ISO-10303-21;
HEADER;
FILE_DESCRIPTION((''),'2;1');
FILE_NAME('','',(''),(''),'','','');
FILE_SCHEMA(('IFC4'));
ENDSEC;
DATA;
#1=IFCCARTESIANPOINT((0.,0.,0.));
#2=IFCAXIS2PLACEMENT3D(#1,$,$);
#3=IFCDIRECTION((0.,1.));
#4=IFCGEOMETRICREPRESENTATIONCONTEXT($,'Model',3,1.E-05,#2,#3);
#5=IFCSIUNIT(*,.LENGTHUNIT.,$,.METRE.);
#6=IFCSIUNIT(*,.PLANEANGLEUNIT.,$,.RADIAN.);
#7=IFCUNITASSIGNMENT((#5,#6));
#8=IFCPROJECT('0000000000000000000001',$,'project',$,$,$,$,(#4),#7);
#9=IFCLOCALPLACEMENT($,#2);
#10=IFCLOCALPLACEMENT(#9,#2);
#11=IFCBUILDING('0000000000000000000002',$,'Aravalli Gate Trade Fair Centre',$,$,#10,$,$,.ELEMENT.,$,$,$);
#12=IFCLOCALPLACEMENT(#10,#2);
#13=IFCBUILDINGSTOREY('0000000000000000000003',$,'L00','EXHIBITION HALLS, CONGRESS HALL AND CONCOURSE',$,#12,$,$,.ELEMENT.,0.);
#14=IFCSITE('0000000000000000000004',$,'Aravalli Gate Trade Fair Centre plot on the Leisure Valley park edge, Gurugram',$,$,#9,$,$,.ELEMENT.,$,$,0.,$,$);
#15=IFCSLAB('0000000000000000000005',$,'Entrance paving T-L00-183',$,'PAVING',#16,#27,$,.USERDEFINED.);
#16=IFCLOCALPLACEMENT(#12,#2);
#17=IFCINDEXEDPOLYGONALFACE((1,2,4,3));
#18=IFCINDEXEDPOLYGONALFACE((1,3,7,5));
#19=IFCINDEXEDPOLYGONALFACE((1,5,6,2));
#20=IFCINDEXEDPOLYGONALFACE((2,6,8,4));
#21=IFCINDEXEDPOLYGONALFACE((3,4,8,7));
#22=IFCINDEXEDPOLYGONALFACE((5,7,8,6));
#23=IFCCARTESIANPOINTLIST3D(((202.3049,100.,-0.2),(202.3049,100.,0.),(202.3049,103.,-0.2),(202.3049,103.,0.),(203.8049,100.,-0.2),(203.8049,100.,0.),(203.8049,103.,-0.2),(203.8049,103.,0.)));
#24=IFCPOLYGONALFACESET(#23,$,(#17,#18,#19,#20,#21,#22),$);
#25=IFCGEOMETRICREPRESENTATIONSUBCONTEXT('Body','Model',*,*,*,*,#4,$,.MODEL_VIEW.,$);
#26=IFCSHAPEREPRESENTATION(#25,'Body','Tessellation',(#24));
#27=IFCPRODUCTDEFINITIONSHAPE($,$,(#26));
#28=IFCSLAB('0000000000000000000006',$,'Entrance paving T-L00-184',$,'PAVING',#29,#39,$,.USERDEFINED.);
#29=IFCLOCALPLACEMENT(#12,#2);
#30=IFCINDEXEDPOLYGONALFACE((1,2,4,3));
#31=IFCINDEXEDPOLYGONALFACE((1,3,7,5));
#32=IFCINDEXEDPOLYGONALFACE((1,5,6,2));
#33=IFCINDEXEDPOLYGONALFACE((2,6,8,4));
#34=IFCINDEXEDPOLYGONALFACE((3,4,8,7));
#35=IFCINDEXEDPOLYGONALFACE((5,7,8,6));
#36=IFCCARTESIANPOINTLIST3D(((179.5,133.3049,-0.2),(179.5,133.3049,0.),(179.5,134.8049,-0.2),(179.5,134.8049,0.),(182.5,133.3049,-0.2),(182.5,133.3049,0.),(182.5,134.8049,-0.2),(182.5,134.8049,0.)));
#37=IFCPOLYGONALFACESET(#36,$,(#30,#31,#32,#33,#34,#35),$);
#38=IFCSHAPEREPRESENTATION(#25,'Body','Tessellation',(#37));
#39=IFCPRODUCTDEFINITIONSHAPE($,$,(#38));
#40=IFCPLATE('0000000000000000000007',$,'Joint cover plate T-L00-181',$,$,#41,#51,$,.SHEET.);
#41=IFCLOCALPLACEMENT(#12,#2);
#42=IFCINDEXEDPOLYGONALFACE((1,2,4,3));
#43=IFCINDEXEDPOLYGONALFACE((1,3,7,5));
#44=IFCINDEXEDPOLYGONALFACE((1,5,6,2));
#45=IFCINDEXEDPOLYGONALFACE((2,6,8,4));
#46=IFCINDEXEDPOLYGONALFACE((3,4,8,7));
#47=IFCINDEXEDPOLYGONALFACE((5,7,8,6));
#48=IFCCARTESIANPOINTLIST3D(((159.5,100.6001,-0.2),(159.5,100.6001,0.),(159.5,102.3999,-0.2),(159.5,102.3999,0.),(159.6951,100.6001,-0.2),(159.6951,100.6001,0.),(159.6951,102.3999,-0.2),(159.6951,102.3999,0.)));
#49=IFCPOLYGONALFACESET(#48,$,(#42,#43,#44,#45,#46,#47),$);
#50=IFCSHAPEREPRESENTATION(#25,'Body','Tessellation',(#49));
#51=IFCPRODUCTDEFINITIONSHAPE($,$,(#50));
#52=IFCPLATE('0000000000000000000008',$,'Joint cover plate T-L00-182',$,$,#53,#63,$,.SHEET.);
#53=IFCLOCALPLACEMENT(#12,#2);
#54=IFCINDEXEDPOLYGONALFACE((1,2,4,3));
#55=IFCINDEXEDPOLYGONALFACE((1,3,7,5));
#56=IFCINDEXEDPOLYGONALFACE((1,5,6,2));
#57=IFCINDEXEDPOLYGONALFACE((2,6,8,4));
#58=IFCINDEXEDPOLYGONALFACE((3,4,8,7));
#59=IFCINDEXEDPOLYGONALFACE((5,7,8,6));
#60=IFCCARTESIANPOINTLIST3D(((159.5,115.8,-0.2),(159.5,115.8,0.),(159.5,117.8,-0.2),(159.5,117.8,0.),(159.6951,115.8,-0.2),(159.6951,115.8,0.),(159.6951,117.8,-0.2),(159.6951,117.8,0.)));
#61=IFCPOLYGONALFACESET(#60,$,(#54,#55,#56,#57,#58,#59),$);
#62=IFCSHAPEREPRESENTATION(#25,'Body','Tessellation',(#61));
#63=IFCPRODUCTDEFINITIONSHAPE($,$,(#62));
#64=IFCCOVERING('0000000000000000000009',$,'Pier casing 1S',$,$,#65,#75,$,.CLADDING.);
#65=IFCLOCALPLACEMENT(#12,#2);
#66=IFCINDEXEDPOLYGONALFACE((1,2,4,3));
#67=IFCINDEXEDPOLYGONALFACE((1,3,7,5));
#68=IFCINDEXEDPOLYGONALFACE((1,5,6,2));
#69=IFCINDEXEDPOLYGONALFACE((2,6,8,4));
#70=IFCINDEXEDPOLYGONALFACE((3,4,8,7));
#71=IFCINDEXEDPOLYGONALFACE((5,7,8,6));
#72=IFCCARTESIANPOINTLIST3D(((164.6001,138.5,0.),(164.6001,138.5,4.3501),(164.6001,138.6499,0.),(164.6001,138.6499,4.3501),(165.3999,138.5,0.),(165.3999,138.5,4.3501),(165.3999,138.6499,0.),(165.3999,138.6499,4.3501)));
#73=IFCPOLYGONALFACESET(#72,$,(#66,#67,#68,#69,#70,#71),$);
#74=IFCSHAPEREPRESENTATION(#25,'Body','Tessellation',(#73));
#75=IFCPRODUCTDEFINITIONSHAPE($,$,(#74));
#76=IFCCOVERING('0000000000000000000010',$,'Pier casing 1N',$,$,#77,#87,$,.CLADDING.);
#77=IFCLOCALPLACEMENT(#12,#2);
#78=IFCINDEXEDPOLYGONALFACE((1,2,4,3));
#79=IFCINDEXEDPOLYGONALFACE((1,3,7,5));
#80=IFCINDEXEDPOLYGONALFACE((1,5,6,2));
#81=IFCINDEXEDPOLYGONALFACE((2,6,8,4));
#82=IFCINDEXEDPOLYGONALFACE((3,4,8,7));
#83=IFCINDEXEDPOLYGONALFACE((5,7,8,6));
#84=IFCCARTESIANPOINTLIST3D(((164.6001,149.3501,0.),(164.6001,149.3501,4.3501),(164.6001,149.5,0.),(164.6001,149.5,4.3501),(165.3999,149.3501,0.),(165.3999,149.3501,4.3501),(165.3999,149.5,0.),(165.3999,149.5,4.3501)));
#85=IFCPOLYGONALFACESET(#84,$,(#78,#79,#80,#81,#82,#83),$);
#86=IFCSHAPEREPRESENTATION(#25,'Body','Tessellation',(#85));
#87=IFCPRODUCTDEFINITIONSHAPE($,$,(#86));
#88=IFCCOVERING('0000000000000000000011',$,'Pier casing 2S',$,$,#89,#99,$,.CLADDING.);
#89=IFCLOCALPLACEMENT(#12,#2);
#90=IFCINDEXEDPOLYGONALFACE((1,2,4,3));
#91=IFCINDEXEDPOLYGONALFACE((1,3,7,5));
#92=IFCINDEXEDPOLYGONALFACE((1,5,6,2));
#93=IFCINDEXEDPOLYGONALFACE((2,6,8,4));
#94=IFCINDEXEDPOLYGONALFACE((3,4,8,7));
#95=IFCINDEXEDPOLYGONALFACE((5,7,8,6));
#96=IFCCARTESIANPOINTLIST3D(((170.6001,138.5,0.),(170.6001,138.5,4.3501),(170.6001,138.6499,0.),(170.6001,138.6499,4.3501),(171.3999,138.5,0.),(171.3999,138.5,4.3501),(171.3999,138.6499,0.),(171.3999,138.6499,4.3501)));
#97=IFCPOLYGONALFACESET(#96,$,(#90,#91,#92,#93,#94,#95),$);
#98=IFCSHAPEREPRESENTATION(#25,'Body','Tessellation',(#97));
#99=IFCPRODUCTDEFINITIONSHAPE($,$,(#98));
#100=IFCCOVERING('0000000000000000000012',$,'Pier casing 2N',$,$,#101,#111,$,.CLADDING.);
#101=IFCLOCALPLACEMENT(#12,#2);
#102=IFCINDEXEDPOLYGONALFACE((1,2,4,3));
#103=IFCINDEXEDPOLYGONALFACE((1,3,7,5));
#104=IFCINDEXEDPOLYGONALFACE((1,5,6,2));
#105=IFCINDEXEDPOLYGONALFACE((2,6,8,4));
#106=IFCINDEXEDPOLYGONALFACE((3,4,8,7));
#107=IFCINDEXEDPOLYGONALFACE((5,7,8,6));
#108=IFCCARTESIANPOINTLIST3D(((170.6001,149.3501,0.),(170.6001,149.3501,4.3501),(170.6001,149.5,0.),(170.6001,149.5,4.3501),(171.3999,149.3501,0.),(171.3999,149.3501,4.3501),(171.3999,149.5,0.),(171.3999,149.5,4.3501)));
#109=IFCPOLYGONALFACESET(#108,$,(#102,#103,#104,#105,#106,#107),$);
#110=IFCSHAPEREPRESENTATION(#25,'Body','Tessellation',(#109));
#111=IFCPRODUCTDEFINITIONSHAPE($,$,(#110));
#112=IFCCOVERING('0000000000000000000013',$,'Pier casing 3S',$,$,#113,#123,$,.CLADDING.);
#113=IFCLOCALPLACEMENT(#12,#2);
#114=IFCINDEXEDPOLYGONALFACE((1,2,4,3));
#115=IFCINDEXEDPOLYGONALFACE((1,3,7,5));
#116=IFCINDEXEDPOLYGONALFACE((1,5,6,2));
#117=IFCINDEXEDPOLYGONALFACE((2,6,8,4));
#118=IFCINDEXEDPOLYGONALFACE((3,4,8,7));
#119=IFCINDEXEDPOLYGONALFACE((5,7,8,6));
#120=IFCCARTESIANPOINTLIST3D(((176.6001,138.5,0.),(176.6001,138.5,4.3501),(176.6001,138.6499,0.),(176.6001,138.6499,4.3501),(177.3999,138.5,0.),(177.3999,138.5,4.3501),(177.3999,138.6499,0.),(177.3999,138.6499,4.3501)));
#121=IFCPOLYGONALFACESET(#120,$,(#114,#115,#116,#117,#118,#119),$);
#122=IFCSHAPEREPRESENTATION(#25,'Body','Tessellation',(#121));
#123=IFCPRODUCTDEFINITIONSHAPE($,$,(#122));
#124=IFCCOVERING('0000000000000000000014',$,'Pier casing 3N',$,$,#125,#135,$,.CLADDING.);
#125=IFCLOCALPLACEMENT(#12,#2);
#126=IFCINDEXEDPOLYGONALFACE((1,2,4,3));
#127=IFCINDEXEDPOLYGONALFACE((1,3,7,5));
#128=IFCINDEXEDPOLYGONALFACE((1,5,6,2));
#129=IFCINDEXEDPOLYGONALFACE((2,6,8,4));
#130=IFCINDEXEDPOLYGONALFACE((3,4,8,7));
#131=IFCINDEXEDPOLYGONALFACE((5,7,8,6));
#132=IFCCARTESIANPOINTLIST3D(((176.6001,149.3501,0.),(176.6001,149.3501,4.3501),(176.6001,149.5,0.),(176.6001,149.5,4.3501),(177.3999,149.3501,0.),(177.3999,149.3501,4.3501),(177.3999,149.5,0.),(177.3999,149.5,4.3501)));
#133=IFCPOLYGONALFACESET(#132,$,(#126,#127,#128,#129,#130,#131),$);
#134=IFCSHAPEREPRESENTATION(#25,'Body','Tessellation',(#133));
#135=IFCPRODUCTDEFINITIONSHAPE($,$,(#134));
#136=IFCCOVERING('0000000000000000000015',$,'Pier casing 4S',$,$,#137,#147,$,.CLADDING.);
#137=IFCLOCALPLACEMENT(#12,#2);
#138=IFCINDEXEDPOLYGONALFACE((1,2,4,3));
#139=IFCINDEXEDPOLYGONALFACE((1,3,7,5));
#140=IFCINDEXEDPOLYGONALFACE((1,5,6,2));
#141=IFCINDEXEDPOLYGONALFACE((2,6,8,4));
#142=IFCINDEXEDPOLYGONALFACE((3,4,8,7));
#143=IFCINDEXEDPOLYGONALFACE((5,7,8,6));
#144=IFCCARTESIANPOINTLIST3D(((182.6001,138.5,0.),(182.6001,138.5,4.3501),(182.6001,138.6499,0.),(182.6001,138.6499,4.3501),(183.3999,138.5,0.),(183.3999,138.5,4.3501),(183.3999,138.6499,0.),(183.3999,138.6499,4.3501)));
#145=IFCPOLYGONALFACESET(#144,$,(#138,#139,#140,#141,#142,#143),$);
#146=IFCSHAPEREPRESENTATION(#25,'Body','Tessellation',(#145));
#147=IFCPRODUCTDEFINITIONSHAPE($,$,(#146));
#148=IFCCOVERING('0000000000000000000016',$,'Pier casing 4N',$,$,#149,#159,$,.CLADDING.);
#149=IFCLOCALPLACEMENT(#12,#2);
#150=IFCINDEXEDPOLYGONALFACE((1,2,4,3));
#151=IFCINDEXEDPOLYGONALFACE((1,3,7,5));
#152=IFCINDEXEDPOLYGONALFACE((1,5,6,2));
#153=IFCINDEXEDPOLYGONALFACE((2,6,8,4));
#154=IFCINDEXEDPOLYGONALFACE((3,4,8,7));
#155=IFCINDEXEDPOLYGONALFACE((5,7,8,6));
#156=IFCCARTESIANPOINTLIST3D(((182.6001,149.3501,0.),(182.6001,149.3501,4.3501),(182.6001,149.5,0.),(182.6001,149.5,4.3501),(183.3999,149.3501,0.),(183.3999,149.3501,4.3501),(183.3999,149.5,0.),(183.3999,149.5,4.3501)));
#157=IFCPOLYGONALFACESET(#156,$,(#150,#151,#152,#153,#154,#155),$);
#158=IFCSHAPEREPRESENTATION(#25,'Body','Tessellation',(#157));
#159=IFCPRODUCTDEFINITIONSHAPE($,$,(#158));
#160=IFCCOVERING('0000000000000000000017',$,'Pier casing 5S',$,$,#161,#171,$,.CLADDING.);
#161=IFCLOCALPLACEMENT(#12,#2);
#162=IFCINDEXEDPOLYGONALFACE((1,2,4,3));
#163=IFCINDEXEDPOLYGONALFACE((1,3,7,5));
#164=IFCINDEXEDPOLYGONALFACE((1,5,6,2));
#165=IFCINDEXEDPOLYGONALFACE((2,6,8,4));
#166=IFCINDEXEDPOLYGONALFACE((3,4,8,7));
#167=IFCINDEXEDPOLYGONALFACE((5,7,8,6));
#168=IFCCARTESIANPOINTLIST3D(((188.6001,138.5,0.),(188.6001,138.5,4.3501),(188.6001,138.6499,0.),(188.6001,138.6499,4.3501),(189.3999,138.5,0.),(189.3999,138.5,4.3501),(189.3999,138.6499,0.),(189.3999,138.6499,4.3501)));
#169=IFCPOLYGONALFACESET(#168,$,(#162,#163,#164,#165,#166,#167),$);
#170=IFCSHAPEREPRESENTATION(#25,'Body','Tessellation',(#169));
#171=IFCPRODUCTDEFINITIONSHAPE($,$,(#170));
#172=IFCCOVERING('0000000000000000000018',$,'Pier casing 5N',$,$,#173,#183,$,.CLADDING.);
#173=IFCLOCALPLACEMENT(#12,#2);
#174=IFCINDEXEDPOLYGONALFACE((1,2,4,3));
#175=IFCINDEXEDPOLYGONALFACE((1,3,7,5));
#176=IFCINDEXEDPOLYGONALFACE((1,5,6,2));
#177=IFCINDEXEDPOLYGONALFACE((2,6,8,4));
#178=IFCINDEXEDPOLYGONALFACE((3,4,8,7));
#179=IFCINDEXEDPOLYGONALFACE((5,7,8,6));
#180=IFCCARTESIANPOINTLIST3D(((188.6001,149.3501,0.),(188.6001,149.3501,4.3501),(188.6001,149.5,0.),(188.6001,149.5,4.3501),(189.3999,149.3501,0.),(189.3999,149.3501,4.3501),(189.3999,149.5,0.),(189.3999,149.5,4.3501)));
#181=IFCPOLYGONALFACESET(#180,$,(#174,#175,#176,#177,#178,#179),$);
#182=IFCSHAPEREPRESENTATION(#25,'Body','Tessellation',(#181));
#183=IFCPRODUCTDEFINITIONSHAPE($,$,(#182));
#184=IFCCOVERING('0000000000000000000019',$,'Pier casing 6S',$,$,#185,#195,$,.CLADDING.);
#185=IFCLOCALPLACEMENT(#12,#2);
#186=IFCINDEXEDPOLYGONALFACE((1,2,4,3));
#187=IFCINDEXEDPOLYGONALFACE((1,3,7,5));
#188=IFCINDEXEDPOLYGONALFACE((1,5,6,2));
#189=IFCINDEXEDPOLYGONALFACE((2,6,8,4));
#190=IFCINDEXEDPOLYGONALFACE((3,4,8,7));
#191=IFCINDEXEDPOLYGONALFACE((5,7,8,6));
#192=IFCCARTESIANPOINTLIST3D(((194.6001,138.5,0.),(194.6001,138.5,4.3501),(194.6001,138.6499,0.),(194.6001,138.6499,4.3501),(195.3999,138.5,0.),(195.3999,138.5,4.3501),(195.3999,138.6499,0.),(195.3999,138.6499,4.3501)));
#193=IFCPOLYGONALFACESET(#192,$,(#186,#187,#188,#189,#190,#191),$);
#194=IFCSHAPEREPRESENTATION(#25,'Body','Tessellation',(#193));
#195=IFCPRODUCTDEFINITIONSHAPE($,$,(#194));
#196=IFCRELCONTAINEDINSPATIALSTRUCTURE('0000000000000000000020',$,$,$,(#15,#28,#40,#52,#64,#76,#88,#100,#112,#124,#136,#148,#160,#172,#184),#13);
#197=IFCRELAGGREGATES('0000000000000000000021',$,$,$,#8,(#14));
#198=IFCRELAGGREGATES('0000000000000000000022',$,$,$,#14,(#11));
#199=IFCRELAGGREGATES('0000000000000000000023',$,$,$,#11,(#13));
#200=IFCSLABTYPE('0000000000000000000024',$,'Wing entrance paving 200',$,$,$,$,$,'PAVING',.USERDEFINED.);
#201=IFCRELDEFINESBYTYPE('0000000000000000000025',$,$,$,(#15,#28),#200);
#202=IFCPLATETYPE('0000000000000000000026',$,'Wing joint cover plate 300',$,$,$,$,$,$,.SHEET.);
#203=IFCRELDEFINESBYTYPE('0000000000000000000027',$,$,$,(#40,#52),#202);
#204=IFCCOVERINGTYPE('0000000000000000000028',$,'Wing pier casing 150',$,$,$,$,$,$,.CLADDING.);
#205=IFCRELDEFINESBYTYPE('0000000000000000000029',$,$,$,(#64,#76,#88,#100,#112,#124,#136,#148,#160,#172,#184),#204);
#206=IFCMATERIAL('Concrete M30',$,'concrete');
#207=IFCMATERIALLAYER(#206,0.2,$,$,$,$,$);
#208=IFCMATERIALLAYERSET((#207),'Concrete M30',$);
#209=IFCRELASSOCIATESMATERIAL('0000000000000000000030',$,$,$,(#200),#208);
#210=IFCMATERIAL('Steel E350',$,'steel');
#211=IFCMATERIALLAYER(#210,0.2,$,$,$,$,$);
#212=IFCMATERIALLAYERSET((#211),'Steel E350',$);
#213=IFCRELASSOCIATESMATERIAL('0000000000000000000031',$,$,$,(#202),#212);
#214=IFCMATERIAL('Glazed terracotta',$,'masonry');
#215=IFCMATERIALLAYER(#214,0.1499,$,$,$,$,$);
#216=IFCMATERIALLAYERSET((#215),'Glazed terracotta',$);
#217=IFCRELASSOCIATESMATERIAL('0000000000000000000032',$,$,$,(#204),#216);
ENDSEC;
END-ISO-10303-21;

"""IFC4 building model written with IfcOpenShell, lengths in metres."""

from ifc_helpers import new_model, si_unit, direction, frame, origin, place, context, subcontext, project, spatial, polyline, outline, extrude, material, layer, layer_set, type_object, element, save


model = new_model("IFC4")

# Units and contexts
model_context = context("Model", 3, precision=1e-05, world=origin(), true_north=direction((0.0, 1.0)))
body_context = subcontext(model_context, "Body", "Model", "MODEL_VIEW")
ifc_project = project(units=[si_unit("LENGTHUNIT", "METRE"), si_unit("PLANEANGLEUNIT", "RADIAN")], contexts=[model_context])

# Site, building, storey
site_placement = place(None, origin())
site = spatial("IfcSite", under=ifc_project, at=site_placement, Name="Aravalli Gate Trade Fair Centre plot on the Leisure Valley park edge, Gurugram", CompositionType="ELEMENT", RefElevation=0.0)
building_placement = place(site_placement, origin())
building = spatial("IfcBuilding", under=site, at=building_placement, Name="Aravalli Gate Trade Fair Centre", CompositionType="ELEMENT")
storey_placement = place(building_placement, origin())
storey = spatial("IfcBuildingStorey", under=building, at=storey_placement, Name="L00", Description="EXHIBITION HALLS, CONGRESS HALL AND CONCOURSE", CompositionType="ELEMENT", Elevation=0.0)

# Slabs
ifc_material_1 = material(Name="Concrete M30", Category="concrete")
ifc_layer_1 = layer(ifc_material_1, 0.2)
ifc_layer_set_1 = layer_set([ifc_layer_1], Name="Concrete M30")
slab_type = type_object("IfcSlabType", Name="Wing entrance paving 200", ElementType="PAVING", PredefinedType="USERDEFINED", material=ifc_layer_set_1)
slab_1_placement = place(storey_placement, frame((0.0, 0.0, -0.2)))
element("IfcSlab", 1, at=slab_1_placement, inside=storey, type_object=slab_type, Name="Entrance paving T-L00-183", ObjectType="PAVING", PredefinedType="USERDEFINED", context=body_context, shape_type="SweptSolid", body=[
    extrude(outline(polyline([(202.3049, 100.0), (203.8049, 100.0), (203.8049, 103.0), (202.3049, 103.0), (202.3049, 100.0)])), origin(), (0.0, 0.0, 1.0), 0.2),
])
slab_2_placement = place(storey_placement, frame((0.0, 0.0, -0.2)))
element("IfcSlab", 2, at=slab_2_placement, inside=storey, type_object=slab_type, Name="Entrance paving T-L00-184", ObjectType="PAVING", PredefinedType="USERDEFINED", context=body_context, shape_type="SweptSolid", body=[
    extrude(outline(polyline([(179.5, 133.3049), (182.5, 133.3049), (182.5, 134.8049), (179.5, 134.8049), (179.5, 133.3049)])), origin(), (0.0, 0.0, 1.0), 0.2),
])

# Plates
ifc_material_2 = material(Name="Steel E350", Category="steel")
ifc_layer_2 = layer(ifc_material_2, 0.2)
ifc_layer_set_2 = layer_set([ifc_layer_2], Name="Steel E350")
plate_type = type_object("IfcPlateType", Name="Wing joint cover plate 300", PredefinedType="SHEET", material=ifc_layer_set_2)
plate_1_placement = place(storey_placement, frame((0.0, 0.0, -0.2)))
element("IfcPlate", 3, at=plate_1_placement, inside=storey, type_object=plate_type, Name="Joint cover plate T-L00-181", PredefinedType="SHEET", context=body_context, shape_type="SweptSolid", body=[
    extrude(outline(polyline([(159.5, 100.6001), (159.6951, 100.6001), (159.6951, 102.3999), (159.5, 102.3999), (159.5, 100.6001)])), origin(), (0.0, 0.0, 1.0), 0.2),
])
plate_2_placement = place(storey_placement, frame((0.0, 0.0, -0.2)))
element("IfcPlate", 4, at=plate_2_placement, inside=storey, type_object=plate_type, Name="Joint cover plate T-L00-182", PredefinedType="SHEET", context=body_context, shape_type="SweptSolid", body=[
    extrude(outline(polyline([(159.5, 115.8), (159.6951, 115.8), (159.6951, 117.8), (159.5, 117.8), (159.5, 115.8)])), origin(), (0.0, 0.0, 1.0), 0.2),
])

# Coverings
ifc_material_3 = material(Name="Glazed terracotta", Category="masonry")
ifc_layer_3 = layer(ifc_material_3, 0.1499)
ifc_layer_set_3 = layer_set([ifc_layer_3], Name="Glazed terracotta")
covering_type_1 = type_object("IfcCoveringType", Name="Wing pier casing 150", PredefinedType="CLADDING", material=ifc_layer_set_3)
covering_1_placement = place(storey_placement, origin())
element("IfcCovering", 5, at=covering_1_placement, inside=storey, type_object=covering_type_1, Name="Pier casing 1S", PredefinedType="CLADDING", context=body_context, shape_type="SweptSolid", body=[
    extrude(outline(polyline([(164.6001, 138.5), (165.3999, 138.5), (165.3999, 138.6499), (164.6001, 138.6499), (164.6001, 138.5)])), origin(), (0.0, 0.0, 1.0), 4.3501),
])
covering_2_placement = place(storey_placement, origin())
element("IfcCovering", 6, at=covering_2_placement, inside=storey, type_object=covering_type_1, Name="Pier casing 1N", PredefinedType="CLADDING", context=body_context, shape_type="SweptSolid", body=[
    extrude(outline(polyline([(164.6001, 149.3501), (165.3999, 149.3501), (165.3999, 149.5), (164.6001, 149.5), (164.6001, 149.3501)])), origin(), (0.0, 0.0, 1.0), 4.3501),
])
covering_3_placement = place(storey_placement, origin())
element("IfcCovering", 7, at=covering_3_placement, inside=storey, type_object=covering_type_1, Name="Pier casing 2S", PredefinedType="CLADDING", context=body_context, shape_type="SweptSolid", body=[
    extrude(outline(polyline([(170.6001, 138.5), (171.3999, 138.5), (171.3999, 138.6499), (170.6001, 138.6499), (170.6001, 138.5)])), origin(), (0.0, 0.0, 1.0), 4.3501),
])
covering_4_placement = place(storey_placement, origin())
element("IfcCovering", 8, at=covering_4_placement, inside=storey, type_object=covering_type_1, Name="Pier casing 2N", PredefinedType="CLADDING", context=body_context, shape_type="SweptSolid", body=[
    extrude(outline(polyline([(170.6001, 149.3501), (171.3999, 149.3501), (171.3999, 149.5), (170.6001, 149.5), (170.6001, 149.3501)])), origin(), (0.0, 0.0, 1.0), 4.3501),
])
covering_5_placement = place(storey_placement, origin())
element("IfcCovering", 9, at=covering_5_placement, inside=storey, type_object=covering_type_1, Name="Pier casing 3S", PredefinedType="CLADDING", context=body_context, shape_type="SweptSolid", body=[
    extrude(outline(polyline([(176.6001, 138.5), (177.3999, 138.5), (177.3999, 138.6499), (176.6001, 138.6499), (176.6001, 138.5)])), origin(), (0.0, 0.0, 1.0), 4.3501),
])
covering_6_placement = place(storey_placement, origin())
element("IfcCovering", 10, at=covering_6_placement, inside=storey, type_object=covering_type_1, Name="Pier casing 3N", PredefinedType="CLADDING", context=body_context, shape_type="SweptSolid", body=[
    extrude(outline(polyline([(176.6001, 149.3501), (177.3999, 149.3501), (177.3999, 149.5), (176.6001, 149.5), (176.6001, 149.3501)])), origin(), (0.0, 0.0, 1.0), 4.3501),
])
covering_7_placement = place(storey_placement, origin())
element("IfcCovering", 11, at=covering_7_placement, inside=storey, type_object=covering_type_1, Name="Pier casing 4S", PredefinedType="CLADDING", context=body_context, shape_type="SweptSolid", body=[
    extrude(outline(polyline([(182.6001, 138.5), (183.3999, 138.5), (183.3999, 138.6499), (182.6001, 138.6499), (182.6001, 138.5)])), origin(), (0.0, 0.0, 1.0), 4.3501),
])
covering_8_placement = place(storey_placement, origin())
element("IfcCovering", 12, at=covering_8_placement, inside=storey, type_object=covering_type_1, Name="Pier casing 4N", PredefinedType="CLADDING", context=body_context, shape_type="SweptSolid", body=[
    extrude(outline(polyline([(182.6001, 149.3501), (183.3999, 149.3501), (183.3999, 149.5), (182.6001, 149.5), (182.6001, 149.3501)])), origin(), (0.0, 0.0, 1.0), 4.3501),
])
covering_9_placement = place(storey_placement, origin())
element("IfcCovering", 13, at=covering_9_placement, inside=storey, type_object=covering_type_1, Name="Pier casing 5S", PredefinedType="CLADDING", context=body_context, shape_type="SweptSolid", body=[
    extrude(outline(polyline([(188.6001, 138.5), (189.3999, 138.5), (189.3999, 138.6499), (188.6001, 138.6499), (188.6001, 138.5)])), origin(), (0.0, 0.0, 1.0), 4.3501),
])
covering_10_placement = place(storey_placement, origin())
element("IfcCovering", 14, at=covering_10_placement, inside=storey, type_object=covering_type_1, Name="Pier casing 5N", PredefinedType="CLADDING", context=body_context, shape_type="SweptSolid", body=[
    extrude(outline(polyline([(188.6001, 149.3501), (189.3999, 149.3501), (189.3999, 149.5), (188.6001, 149.5), (188.6001, 149.3501)])), origin(), (0.0, 0.0, 1.0), 4.3501),
])
covering_11_placement = place(storey_placement, origin())
element("IfcCovering", 15, at=covering_11_placement, inside=storey, type_object=covering_type_1, Name="Pier casing 6S", PredefinedType="CLADDING", context=body_context, shape_type="SweptSolid", body=[
    extrude(outline(polyline([(194.6001, 138.5), (195.3999, 138.5), (195.3999, 138.6499), (194.6001, 138.6499), (194.6001, 138.5)])), origin(), (0.0, 0.0, 1.0), 4.3501),
])

save(model, "model.ifc")
